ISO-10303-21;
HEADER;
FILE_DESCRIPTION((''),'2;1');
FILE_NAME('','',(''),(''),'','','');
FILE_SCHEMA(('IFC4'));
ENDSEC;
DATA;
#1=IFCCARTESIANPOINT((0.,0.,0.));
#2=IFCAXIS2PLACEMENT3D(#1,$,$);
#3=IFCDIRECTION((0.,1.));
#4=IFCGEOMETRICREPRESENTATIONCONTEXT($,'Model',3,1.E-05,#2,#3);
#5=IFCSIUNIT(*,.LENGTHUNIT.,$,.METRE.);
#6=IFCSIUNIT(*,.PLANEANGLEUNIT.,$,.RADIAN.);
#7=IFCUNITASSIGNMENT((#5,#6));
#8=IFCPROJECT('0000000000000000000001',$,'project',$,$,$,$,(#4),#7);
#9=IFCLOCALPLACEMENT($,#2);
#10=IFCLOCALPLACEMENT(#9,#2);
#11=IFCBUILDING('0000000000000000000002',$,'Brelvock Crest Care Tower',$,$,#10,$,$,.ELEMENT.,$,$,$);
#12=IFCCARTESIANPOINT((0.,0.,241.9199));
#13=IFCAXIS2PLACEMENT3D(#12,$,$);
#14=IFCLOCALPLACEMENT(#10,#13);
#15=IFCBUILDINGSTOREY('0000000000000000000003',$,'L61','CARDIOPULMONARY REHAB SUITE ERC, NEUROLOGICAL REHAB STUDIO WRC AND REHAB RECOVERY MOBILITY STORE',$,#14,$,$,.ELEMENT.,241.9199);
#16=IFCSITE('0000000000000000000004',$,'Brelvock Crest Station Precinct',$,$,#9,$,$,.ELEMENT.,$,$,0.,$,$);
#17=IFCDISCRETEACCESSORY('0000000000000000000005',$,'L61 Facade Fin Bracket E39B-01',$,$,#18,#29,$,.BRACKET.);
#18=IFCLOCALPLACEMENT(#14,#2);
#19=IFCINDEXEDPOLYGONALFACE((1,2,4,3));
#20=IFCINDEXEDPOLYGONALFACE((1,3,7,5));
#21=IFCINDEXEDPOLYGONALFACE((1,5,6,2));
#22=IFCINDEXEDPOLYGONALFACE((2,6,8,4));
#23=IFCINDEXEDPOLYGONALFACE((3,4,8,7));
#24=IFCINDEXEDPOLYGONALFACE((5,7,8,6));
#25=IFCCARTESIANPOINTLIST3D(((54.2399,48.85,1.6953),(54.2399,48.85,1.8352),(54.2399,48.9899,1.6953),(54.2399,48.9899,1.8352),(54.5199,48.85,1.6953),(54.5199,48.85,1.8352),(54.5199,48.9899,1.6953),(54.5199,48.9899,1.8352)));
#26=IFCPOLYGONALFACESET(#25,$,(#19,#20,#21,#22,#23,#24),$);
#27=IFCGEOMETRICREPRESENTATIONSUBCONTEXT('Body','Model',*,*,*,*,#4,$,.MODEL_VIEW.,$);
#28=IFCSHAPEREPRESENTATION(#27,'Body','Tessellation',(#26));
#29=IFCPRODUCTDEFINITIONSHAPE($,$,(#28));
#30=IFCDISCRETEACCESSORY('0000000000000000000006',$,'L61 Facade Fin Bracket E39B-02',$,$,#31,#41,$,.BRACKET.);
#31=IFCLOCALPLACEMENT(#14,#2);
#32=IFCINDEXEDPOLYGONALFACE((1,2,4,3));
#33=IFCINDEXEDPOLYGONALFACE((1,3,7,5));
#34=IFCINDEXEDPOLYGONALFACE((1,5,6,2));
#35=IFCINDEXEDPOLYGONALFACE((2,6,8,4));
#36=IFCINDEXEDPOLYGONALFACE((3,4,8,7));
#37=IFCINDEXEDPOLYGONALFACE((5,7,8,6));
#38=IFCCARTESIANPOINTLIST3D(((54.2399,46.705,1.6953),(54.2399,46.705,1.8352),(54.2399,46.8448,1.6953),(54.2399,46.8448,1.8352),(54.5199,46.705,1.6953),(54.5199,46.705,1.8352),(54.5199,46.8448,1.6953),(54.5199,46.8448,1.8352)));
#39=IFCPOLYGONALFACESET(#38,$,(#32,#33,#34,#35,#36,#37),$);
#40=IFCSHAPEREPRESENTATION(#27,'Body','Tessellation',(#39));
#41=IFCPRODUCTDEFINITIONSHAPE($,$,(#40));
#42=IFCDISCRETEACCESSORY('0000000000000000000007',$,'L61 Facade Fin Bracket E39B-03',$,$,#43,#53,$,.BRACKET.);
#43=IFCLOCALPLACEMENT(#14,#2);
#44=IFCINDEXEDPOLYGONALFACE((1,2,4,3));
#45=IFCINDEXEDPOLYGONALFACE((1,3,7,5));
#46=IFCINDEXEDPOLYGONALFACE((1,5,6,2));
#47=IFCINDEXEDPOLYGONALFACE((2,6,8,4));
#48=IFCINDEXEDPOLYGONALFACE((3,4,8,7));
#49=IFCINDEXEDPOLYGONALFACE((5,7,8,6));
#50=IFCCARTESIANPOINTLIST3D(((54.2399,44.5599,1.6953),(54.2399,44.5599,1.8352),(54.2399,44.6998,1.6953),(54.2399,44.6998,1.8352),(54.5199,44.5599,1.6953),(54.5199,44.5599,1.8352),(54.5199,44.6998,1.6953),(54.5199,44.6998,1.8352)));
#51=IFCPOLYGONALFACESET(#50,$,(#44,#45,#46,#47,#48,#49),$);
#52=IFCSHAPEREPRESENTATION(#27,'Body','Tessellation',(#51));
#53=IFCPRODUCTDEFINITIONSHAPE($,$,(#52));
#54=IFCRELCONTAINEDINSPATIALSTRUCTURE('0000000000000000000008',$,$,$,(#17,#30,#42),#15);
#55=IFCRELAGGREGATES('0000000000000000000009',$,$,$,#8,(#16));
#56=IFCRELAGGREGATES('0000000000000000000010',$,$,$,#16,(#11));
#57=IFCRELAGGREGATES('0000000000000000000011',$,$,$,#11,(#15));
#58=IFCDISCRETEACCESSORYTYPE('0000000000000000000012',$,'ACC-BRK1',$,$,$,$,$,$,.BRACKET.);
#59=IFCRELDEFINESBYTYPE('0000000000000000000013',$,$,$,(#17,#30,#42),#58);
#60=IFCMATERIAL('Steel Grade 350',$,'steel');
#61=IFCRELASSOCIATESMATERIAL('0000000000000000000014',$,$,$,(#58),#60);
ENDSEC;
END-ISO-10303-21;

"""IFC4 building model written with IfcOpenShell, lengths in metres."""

from ifc_helpers import new_model, si_unit, direction, frame, origin, origin_2d, place, context, subcontext, project, spatial, rectangle, extrude, source, transform, mapped, material, type_object, element, save


model = new_model("IFC4")

# Units and contexts
model_context = context("Model", 3, precision=1e-05, world=origin(), true_north=direction((0.0, 1.0)))
body_context = subcontext(model_context, "Body", "Model", "MODEL_VIEW")
ifc_project = project(units=[si_unit("LENGTHUNIT", "METRE"), si_unit("PLANEANGLEUNIT", "RADIAN")], contexts=[model_context])

# Site, building, storey
site_placement = place(None, origin())
site = spatial("IfcSite", under=ifc_project, at=site_placement, Name="Brelvock Crest Station Precinct", CompositionType="ELEMENT", RefElevation=0.0)
building_placement = place(site_placement, origin())
building = spatial("IfcBuilding", under=site, at=building_placement, Name="Brelvock Crest Care Tower", CompositionType="ELEMENT")
storey_placement = place(building_placement, frame((0.0, 0.0, 241.9199)))
storey = spatial("IfcBuildingStorey", under=building, at=storey_placement, Name="L61", Description="CARDIOPULMONARY REHAB SUITE ERC, NEUROLOGICAL REHAB STUDIO WRC AND REHAB RECOVERY MOBILITY STORE", CompositionType="ELEMENT", Elevation=241.9199)

# Shared definitions
ifc_material_1 = material(Name="Steel Grade 350", Category="steel")

# Discrete accessories
discrete_accessory_type = type_object("IfcDiscreteAccessoryType", Name="ACC-BRK1", PredefinedType="BRACKET", material=ifc_material_1)
shared_shape_1 = source(origin(), body_context, "Body", "SweptSolid", [
    extrude(rectangle(XDim=0.28, YDim=0.1399, at=origin_2d()), origin(), (0.0, 0.0, 1.0), 0.1399),
])
for number, where, z_axis, x_axis, name in (
    (1, (54.3799, 48.9199, 1.6953), (0.0, 0.0, 1.0), (1.0, 0.0, 0.0), "L61 Facade Fin Bracket E39B-01"),
    (2, (54.3799, 46.7749, 1.6953), (0.0, 0.0, 1.0), (1.0, 0.0, 0.0), "L61 Facade Fin Bracket E39B-02"),
    (3, (54.3799, 44.6299, 1.6953), (0.0, 0.0, 1.0), (1.0, 0.0, 0.0), "L61 Facade Fin Bracket E39B-03"),
):
    element("IfcDiscreteAccessory", number, at=place(storey_placement, frame(where, z_axis=z_axis, x_axis=x_axis)), inside=storey, type_object=discrete_accessory_type, Name=name, PredefinedType="BRACKET", context=body_context, shape_type="MappedRepresentation", body=[
        mapped(shared_shape_1, transform((0.0, 0.0, 0.0), x_axis=(1.0, 0.0, 0.0), y_axis=(0.0, 1.0, 0.0), z_axis=(0.0, 0.0, 1.0), scale=1.0)),
    ])

save(model, "model.ifc")
